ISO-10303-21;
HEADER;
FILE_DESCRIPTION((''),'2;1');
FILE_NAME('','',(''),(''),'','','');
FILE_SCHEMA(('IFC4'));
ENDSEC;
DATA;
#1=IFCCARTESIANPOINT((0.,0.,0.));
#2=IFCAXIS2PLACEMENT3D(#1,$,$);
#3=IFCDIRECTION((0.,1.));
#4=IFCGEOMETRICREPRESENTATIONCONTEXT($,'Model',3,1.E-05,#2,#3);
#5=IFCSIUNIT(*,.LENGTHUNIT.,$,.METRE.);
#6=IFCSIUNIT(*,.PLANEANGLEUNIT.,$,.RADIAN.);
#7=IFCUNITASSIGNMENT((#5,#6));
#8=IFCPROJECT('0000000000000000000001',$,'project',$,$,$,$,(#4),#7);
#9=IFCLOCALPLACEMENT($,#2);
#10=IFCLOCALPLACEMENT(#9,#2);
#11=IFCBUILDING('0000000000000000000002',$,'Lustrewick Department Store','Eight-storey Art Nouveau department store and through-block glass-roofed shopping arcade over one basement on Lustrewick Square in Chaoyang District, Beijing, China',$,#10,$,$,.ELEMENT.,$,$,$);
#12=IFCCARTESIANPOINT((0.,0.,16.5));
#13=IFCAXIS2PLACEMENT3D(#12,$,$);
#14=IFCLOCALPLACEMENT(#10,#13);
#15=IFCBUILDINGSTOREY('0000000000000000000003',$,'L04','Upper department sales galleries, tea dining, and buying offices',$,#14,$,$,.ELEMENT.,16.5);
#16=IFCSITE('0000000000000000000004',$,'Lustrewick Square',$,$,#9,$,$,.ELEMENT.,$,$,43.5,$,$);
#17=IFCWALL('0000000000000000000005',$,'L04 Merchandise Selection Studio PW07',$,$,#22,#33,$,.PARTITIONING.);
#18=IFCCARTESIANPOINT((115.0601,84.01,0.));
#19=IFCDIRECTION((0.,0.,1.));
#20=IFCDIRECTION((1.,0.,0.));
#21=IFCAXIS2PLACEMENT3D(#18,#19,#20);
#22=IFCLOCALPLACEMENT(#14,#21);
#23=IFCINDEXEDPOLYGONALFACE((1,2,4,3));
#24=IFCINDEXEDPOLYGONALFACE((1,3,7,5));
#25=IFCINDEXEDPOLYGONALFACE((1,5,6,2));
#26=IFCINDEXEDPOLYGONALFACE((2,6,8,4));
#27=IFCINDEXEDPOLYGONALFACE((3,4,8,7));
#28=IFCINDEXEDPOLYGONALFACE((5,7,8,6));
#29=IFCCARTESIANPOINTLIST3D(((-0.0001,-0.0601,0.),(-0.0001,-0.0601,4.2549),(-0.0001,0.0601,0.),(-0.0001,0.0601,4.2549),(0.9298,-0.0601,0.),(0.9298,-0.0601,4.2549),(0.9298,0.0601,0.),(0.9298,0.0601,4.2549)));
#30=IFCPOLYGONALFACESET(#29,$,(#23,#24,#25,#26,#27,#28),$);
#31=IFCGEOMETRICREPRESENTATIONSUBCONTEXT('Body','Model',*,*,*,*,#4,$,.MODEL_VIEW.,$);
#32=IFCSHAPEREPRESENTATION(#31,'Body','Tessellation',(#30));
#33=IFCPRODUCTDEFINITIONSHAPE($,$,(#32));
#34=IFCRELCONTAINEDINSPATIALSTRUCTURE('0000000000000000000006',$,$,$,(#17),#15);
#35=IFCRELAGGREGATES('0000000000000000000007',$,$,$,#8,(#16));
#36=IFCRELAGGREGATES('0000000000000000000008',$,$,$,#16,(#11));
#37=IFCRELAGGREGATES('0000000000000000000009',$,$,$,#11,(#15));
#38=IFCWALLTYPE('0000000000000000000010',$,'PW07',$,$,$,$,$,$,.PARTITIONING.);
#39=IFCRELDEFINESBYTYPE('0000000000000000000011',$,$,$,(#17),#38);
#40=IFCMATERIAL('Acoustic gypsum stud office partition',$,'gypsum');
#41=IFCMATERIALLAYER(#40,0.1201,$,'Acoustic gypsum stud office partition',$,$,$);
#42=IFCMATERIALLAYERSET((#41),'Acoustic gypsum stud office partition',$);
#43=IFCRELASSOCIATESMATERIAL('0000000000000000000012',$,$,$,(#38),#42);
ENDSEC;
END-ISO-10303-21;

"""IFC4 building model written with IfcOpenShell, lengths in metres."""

from ifc_helpers import new_model, si_unit, direction, frame, frame_2d, origin, place, context, subcontext, project, spatial, rectangle, extrude, material, layer, layer_set, type_object, element, save


model = new_model("IFC4")

# Units and contexts
model_context = context("Model", 3, precision=1e-05, world=origin(), true_north=direction((0.0, 1.0)))
body_context = subcontext(model_context, "Body", "Model", "MODEL_VIEW")
ifc_project = project(units=[si_unit("LENGTHUNIT", "METRE"), si_unit("PLANEANGLEUNIT", "RADIAN")], contexts=[model_context])

# Site, building, storey
site_placement = place(None, origin())
site = spatial("IfcSite", under=ifc_project, at=site_placement, Name="Lustrewick Square", CompositionType="ELEMENT", RefElevation=43.5)
building_placement = place(site_placement, origin())
building = spatial("IfcBuilding", under=site, at=building_placement, Name="Lustrewick Department Store", Description="Eight-storey Art Nouveau department store and through-block glass-roofed shopping arcade over one basement on Lustrewick Square in Chaoyang District, Beijing, China", CompositionType="ELEMENT")
storey_placement = place(building_placement, frame((0.0, 0.0, 16.5)))
storey = spatial("IfcBuildingStorey", under=building, at=storey_placement, Name="L04", Description="Upper department sales galleries, tea dining, and buying offices", CompositionType="ELEMENT", Elevation=16.5)

# Wall
ifc_material_1 = material(Name="Acoustic gypsum stud office partition", Category="gypsum")
ifc_layer_1 = layer(ifc_material_1, 0.1201, Name="Acoustic gypsum stud office partition")
ifc_layer_set_1 = layer_set([ifc_layer_1], Name="Acoustic gypsum stud office partition")
wall_type_1 = type_object("IfcWallType", Name="PW07", PredefinedType="PARTITIONING", material=ifc_layer_set_1)
wall_1_placement = place(storey_placement, frame((115.0601, 84.01, 0.0), z_axis=(0.0, 0.0, 1.0), x_axis=(1.0, 0.0, 0.0)))
element("IfcWall", 1, at=wall_1_placement, inside=storey, type_object=wall_type_1, Name="L04 Merchandise Selection Studio PW07", PredefinedType="PARTITIONING", context=body_context, shape_type="SweptSolid", body=[
    extrude(rectangle(XDim=0.9299, YDim=0.1201, at=frame_2d((0.4648, 0.0))), origin(), (0.0, 0.0, 1.0), 4.2549),
])

save(model, "model.ifc")
